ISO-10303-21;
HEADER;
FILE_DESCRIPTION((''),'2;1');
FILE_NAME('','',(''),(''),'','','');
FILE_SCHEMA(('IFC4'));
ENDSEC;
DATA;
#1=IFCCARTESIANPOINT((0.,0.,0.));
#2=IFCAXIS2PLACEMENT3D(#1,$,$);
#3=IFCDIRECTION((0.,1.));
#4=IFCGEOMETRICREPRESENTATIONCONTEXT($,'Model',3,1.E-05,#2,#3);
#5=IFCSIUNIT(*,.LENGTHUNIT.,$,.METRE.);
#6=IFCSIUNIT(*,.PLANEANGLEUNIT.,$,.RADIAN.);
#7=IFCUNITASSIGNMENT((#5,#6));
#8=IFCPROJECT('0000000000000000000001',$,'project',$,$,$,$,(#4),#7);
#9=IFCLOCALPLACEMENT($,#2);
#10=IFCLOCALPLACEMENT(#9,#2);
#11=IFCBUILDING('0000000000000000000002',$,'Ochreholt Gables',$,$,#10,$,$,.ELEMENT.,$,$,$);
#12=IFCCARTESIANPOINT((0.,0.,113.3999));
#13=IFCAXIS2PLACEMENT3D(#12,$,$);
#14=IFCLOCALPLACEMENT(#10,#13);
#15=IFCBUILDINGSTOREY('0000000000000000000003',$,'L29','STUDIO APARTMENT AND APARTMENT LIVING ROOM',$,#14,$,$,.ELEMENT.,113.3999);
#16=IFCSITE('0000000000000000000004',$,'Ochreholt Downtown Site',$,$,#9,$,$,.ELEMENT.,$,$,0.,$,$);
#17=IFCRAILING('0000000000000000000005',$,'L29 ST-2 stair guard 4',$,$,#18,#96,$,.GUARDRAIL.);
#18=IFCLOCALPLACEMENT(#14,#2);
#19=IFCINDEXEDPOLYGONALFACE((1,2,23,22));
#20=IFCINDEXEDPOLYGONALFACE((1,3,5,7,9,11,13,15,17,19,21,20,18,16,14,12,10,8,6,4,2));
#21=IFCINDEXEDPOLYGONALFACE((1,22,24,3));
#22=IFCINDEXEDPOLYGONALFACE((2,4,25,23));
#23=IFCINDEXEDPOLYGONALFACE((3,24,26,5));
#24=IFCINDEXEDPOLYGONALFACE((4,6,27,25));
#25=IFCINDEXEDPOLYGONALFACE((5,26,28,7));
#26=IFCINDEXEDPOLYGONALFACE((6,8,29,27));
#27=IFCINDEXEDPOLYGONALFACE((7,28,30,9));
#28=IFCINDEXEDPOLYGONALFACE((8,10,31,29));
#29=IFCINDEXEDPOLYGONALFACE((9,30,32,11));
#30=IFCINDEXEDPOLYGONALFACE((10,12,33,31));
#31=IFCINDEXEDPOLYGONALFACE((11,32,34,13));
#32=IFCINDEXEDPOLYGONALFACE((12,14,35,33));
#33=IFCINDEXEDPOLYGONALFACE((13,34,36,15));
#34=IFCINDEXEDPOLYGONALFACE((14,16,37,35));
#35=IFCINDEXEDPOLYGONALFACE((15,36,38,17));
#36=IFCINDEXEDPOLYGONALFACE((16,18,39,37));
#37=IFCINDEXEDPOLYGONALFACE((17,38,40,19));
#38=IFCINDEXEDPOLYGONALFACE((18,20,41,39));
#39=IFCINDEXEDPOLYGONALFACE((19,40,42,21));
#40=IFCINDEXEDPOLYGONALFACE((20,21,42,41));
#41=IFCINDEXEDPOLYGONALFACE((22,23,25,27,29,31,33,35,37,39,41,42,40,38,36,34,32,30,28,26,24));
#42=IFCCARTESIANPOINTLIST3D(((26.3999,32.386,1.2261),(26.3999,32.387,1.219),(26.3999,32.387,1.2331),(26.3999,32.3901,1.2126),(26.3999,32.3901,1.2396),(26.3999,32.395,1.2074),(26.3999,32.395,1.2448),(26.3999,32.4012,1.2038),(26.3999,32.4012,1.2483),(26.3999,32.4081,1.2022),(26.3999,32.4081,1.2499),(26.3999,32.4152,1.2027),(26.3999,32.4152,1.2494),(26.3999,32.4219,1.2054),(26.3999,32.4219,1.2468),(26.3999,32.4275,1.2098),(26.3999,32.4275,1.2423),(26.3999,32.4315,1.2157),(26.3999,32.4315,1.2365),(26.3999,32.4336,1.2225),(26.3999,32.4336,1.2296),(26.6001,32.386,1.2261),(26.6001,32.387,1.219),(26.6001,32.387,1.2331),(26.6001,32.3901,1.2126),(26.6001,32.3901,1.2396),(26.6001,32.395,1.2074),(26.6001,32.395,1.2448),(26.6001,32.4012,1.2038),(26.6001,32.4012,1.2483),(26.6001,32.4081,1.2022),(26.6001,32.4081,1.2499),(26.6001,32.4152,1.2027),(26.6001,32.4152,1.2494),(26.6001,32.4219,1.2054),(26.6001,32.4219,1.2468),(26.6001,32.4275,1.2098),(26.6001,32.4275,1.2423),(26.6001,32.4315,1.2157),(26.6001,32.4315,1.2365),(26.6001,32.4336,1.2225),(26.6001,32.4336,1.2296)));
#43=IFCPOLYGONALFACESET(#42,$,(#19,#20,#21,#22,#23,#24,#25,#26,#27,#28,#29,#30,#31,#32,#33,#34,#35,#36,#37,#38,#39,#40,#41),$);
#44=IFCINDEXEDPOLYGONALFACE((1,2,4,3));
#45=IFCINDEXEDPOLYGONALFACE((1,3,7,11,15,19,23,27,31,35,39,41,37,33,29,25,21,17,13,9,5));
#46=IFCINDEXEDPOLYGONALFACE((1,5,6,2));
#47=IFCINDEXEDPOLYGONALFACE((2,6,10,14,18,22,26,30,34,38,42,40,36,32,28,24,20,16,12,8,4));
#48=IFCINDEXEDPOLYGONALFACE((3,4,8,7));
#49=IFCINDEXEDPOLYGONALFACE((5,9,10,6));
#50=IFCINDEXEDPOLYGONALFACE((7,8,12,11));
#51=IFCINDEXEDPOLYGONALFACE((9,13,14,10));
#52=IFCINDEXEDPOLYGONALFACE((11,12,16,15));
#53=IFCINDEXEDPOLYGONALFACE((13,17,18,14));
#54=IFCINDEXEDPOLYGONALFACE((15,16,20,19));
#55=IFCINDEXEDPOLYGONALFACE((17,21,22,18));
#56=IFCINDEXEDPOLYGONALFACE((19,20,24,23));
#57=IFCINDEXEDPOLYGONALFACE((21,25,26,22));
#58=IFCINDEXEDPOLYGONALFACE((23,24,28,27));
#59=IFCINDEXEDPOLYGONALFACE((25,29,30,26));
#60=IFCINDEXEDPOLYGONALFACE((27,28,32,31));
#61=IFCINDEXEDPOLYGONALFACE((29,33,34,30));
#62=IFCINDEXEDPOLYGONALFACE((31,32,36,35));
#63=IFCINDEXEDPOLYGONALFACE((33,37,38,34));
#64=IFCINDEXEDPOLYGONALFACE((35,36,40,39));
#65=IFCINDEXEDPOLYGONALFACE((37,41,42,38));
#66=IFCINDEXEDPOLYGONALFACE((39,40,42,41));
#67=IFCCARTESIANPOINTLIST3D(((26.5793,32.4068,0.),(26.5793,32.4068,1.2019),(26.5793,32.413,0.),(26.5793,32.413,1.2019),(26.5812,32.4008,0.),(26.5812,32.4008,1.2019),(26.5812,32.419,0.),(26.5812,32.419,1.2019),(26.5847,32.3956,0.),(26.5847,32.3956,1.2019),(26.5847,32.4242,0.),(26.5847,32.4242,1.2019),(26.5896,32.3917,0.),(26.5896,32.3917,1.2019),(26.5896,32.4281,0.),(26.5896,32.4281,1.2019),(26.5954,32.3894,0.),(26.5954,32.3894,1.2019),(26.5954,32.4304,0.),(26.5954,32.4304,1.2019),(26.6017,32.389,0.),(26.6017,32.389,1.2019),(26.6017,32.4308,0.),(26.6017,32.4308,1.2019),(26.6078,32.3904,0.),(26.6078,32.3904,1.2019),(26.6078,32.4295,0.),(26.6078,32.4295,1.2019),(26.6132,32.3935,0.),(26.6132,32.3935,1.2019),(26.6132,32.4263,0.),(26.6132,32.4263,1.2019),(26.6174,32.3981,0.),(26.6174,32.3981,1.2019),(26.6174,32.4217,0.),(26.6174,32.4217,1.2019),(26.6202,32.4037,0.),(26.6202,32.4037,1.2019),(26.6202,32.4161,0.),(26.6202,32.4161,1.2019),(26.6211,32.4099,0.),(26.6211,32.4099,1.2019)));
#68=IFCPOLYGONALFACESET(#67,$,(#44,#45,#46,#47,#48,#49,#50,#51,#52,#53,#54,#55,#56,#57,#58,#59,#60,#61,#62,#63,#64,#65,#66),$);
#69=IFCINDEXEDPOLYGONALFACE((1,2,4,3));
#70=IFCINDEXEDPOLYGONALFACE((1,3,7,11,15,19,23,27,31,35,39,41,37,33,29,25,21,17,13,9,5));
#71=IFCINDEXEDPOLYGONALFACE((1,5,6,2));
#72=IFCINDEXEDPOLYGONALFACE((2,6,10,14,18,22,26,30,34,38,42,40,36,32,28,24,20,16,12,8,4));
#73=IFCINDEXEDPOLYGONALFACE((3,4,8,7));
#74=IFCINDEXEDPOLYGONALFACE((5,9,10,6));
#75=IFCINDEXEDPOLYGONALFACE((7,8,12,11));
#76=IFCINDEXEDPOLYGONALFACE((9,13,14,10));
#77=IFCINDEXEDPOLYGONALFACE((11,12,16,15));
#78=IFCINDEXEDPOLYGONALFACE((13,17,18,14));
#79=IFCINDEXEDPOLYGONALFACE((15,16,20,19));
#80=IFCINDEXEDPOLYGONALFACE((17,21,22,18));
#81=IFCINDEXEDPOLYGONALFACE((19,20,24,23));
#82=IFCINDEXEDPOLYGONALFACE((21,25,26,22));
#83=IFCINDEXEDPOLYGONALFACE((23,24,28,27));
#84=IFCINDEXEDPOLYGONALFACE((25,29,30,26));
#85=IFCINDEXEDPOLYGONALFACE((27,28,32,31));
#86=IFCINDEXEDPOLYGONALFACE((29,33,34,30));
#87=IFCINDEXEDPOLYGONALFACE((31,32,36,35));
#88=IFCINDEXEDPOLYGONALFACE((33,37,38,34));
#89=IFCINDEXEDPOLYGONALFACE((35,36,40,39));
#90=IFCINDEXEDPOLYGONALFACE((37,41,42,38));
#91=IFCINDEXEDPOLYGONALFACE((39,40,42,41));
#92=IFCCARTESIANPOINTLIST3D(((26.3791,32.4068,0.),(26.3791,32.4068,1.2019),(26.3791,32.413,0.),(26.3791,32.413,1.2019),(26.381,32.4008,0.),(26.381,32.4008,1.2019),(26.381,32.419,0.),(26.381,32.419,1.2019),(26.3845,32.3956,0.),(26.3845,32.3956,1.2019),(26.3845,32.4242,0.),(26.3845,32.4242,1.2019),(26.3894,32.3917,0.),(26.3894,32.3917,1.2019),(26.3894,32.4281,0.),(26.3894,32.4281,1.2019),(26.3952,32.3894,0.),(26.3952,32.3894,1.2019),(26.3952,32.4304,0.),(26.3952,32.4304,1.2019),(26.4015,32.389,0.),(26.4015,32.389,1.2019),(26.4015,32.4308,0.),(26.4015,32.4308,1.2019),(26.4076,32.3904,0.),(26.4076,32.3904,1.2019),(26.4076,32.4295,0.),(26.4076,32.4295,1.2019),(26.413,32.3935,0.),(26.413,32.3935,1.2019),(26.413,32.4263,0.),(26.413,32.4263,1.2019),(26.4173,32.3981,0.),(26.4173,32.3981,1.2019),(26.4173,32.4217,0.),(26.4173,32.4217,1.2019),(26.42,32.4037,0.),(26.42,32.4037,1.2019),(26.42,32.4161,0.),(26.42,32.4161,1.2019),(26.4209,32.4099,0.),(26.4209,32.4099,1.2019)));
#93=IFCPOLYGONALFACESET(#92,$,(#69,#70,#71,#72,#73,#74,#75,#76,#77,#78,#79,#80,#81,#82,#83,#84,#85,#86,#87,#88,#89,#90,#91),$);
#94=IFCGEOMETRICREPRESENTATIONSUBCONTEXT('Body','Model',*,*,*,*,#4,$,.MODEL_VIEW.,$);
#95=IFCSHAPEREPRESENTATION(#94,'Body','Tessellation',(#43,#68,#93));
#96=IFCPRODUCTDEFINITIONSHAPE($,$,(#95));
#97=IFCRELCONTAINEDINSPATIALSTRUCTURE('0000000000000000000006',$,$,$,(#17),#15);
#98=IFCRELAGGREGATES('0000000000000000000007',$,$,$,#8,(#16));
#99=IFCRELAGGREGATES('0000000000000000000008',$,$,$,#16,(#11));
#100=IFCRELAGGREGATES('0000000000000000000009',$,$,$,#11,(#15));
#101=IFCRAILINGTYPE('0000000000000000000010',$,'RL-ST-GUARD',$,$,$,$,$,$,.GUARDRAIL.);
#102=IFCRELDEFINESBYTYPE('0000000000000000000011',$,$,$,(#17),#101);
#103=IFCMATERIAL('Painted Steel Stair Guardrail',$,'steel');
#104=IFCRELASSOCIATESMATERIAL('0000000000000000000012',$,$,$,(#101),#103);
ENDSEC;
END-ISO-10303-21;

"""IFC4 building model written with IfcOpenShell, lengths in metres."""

from ifc_helpers import new_model, si_unit, direction, frame, origin, origin_2d, place, context, subcontext, project, spatial, circle, extrude, material, type_object, element, save


model = new_model("IFC4")

# Units and contexts
model_context = context("Model", 3, precision=1e-05, world=origin(), true_north=direction((0.0, 1.0)))
body_context = subcontext(model_context, "Body", "Model", "MODEL_VIEW")
ifc_project = project(units=[si_unit("LENGTHUNIT", "METRE"), si_unit("PLANEANGLEUNIT", "RADIAN")], contexts=[model_context])

# Site, building, storey
site_placement = place(None, origin())
site = spatial("IfcSite", under=ifc_project, at=site_placement, Name="Ochreholt Downtown Site", CompositionType="ELEMENT", RefElevation=0.0)
building_placement = place(site_placement, origin())
building = spatial("IfcBuilding", under=site, at=building_placement, Name="Ochreholt Gables", CompositionType="ELEMENT")
storey_placement = place(building_placement, frame((0.0, 0.0, 113.3999)))
storey = spatial("IfcBuildingStorey", under=building, at=storey_placement, Name="L29", Description="STUDIO APARTMENT AND APARTMENT LIVING ROOM", CompositionType="ELEMENT", Elevation=113.3999)

# Railing
ifc_material_1 = material(Name="Painted Steel Stair Guardrail", Category="steel")
railing_type_1 = type_object("IfcRailingType", Name="RL-ST-GUARD", PredefinedType="GUARDRAIL", material=ifc_material_1)
railing_1_placement = place(storey_placement, frame((26.6001, 32.4099, 0.0)))
element("IfcRailing", 1, at=railing_1_placement, inside=storey, type_object=railing_type_1, Name="L29 ST-2 stair guard 4", PredefinedType="GUARDRAIL", context=body_context, shape_type="SweptSolid", body=[
    extrude(circle(Radius=0.0239, at=origin_2d()), frame((0.0, 0.0, 1.2261), z_axis=(-1.0, 0.0, 0.0), x_axis=(0.0, -1.0, 0.0)), (0.0, 0.0, 1.0), 0.2002),
    extrude(circle(Radius=0.021, at=origin_2d()), origin(), (0.0, 0.0, 1.0), 1.2019),
    extrude(circle(Radius=0.021, at=origin_2d()), frame((-0.2002, 0.0, 0.0)), (0.0, 0.0, 1.0), 1.2019),
])

save(model, "model.ifc")
